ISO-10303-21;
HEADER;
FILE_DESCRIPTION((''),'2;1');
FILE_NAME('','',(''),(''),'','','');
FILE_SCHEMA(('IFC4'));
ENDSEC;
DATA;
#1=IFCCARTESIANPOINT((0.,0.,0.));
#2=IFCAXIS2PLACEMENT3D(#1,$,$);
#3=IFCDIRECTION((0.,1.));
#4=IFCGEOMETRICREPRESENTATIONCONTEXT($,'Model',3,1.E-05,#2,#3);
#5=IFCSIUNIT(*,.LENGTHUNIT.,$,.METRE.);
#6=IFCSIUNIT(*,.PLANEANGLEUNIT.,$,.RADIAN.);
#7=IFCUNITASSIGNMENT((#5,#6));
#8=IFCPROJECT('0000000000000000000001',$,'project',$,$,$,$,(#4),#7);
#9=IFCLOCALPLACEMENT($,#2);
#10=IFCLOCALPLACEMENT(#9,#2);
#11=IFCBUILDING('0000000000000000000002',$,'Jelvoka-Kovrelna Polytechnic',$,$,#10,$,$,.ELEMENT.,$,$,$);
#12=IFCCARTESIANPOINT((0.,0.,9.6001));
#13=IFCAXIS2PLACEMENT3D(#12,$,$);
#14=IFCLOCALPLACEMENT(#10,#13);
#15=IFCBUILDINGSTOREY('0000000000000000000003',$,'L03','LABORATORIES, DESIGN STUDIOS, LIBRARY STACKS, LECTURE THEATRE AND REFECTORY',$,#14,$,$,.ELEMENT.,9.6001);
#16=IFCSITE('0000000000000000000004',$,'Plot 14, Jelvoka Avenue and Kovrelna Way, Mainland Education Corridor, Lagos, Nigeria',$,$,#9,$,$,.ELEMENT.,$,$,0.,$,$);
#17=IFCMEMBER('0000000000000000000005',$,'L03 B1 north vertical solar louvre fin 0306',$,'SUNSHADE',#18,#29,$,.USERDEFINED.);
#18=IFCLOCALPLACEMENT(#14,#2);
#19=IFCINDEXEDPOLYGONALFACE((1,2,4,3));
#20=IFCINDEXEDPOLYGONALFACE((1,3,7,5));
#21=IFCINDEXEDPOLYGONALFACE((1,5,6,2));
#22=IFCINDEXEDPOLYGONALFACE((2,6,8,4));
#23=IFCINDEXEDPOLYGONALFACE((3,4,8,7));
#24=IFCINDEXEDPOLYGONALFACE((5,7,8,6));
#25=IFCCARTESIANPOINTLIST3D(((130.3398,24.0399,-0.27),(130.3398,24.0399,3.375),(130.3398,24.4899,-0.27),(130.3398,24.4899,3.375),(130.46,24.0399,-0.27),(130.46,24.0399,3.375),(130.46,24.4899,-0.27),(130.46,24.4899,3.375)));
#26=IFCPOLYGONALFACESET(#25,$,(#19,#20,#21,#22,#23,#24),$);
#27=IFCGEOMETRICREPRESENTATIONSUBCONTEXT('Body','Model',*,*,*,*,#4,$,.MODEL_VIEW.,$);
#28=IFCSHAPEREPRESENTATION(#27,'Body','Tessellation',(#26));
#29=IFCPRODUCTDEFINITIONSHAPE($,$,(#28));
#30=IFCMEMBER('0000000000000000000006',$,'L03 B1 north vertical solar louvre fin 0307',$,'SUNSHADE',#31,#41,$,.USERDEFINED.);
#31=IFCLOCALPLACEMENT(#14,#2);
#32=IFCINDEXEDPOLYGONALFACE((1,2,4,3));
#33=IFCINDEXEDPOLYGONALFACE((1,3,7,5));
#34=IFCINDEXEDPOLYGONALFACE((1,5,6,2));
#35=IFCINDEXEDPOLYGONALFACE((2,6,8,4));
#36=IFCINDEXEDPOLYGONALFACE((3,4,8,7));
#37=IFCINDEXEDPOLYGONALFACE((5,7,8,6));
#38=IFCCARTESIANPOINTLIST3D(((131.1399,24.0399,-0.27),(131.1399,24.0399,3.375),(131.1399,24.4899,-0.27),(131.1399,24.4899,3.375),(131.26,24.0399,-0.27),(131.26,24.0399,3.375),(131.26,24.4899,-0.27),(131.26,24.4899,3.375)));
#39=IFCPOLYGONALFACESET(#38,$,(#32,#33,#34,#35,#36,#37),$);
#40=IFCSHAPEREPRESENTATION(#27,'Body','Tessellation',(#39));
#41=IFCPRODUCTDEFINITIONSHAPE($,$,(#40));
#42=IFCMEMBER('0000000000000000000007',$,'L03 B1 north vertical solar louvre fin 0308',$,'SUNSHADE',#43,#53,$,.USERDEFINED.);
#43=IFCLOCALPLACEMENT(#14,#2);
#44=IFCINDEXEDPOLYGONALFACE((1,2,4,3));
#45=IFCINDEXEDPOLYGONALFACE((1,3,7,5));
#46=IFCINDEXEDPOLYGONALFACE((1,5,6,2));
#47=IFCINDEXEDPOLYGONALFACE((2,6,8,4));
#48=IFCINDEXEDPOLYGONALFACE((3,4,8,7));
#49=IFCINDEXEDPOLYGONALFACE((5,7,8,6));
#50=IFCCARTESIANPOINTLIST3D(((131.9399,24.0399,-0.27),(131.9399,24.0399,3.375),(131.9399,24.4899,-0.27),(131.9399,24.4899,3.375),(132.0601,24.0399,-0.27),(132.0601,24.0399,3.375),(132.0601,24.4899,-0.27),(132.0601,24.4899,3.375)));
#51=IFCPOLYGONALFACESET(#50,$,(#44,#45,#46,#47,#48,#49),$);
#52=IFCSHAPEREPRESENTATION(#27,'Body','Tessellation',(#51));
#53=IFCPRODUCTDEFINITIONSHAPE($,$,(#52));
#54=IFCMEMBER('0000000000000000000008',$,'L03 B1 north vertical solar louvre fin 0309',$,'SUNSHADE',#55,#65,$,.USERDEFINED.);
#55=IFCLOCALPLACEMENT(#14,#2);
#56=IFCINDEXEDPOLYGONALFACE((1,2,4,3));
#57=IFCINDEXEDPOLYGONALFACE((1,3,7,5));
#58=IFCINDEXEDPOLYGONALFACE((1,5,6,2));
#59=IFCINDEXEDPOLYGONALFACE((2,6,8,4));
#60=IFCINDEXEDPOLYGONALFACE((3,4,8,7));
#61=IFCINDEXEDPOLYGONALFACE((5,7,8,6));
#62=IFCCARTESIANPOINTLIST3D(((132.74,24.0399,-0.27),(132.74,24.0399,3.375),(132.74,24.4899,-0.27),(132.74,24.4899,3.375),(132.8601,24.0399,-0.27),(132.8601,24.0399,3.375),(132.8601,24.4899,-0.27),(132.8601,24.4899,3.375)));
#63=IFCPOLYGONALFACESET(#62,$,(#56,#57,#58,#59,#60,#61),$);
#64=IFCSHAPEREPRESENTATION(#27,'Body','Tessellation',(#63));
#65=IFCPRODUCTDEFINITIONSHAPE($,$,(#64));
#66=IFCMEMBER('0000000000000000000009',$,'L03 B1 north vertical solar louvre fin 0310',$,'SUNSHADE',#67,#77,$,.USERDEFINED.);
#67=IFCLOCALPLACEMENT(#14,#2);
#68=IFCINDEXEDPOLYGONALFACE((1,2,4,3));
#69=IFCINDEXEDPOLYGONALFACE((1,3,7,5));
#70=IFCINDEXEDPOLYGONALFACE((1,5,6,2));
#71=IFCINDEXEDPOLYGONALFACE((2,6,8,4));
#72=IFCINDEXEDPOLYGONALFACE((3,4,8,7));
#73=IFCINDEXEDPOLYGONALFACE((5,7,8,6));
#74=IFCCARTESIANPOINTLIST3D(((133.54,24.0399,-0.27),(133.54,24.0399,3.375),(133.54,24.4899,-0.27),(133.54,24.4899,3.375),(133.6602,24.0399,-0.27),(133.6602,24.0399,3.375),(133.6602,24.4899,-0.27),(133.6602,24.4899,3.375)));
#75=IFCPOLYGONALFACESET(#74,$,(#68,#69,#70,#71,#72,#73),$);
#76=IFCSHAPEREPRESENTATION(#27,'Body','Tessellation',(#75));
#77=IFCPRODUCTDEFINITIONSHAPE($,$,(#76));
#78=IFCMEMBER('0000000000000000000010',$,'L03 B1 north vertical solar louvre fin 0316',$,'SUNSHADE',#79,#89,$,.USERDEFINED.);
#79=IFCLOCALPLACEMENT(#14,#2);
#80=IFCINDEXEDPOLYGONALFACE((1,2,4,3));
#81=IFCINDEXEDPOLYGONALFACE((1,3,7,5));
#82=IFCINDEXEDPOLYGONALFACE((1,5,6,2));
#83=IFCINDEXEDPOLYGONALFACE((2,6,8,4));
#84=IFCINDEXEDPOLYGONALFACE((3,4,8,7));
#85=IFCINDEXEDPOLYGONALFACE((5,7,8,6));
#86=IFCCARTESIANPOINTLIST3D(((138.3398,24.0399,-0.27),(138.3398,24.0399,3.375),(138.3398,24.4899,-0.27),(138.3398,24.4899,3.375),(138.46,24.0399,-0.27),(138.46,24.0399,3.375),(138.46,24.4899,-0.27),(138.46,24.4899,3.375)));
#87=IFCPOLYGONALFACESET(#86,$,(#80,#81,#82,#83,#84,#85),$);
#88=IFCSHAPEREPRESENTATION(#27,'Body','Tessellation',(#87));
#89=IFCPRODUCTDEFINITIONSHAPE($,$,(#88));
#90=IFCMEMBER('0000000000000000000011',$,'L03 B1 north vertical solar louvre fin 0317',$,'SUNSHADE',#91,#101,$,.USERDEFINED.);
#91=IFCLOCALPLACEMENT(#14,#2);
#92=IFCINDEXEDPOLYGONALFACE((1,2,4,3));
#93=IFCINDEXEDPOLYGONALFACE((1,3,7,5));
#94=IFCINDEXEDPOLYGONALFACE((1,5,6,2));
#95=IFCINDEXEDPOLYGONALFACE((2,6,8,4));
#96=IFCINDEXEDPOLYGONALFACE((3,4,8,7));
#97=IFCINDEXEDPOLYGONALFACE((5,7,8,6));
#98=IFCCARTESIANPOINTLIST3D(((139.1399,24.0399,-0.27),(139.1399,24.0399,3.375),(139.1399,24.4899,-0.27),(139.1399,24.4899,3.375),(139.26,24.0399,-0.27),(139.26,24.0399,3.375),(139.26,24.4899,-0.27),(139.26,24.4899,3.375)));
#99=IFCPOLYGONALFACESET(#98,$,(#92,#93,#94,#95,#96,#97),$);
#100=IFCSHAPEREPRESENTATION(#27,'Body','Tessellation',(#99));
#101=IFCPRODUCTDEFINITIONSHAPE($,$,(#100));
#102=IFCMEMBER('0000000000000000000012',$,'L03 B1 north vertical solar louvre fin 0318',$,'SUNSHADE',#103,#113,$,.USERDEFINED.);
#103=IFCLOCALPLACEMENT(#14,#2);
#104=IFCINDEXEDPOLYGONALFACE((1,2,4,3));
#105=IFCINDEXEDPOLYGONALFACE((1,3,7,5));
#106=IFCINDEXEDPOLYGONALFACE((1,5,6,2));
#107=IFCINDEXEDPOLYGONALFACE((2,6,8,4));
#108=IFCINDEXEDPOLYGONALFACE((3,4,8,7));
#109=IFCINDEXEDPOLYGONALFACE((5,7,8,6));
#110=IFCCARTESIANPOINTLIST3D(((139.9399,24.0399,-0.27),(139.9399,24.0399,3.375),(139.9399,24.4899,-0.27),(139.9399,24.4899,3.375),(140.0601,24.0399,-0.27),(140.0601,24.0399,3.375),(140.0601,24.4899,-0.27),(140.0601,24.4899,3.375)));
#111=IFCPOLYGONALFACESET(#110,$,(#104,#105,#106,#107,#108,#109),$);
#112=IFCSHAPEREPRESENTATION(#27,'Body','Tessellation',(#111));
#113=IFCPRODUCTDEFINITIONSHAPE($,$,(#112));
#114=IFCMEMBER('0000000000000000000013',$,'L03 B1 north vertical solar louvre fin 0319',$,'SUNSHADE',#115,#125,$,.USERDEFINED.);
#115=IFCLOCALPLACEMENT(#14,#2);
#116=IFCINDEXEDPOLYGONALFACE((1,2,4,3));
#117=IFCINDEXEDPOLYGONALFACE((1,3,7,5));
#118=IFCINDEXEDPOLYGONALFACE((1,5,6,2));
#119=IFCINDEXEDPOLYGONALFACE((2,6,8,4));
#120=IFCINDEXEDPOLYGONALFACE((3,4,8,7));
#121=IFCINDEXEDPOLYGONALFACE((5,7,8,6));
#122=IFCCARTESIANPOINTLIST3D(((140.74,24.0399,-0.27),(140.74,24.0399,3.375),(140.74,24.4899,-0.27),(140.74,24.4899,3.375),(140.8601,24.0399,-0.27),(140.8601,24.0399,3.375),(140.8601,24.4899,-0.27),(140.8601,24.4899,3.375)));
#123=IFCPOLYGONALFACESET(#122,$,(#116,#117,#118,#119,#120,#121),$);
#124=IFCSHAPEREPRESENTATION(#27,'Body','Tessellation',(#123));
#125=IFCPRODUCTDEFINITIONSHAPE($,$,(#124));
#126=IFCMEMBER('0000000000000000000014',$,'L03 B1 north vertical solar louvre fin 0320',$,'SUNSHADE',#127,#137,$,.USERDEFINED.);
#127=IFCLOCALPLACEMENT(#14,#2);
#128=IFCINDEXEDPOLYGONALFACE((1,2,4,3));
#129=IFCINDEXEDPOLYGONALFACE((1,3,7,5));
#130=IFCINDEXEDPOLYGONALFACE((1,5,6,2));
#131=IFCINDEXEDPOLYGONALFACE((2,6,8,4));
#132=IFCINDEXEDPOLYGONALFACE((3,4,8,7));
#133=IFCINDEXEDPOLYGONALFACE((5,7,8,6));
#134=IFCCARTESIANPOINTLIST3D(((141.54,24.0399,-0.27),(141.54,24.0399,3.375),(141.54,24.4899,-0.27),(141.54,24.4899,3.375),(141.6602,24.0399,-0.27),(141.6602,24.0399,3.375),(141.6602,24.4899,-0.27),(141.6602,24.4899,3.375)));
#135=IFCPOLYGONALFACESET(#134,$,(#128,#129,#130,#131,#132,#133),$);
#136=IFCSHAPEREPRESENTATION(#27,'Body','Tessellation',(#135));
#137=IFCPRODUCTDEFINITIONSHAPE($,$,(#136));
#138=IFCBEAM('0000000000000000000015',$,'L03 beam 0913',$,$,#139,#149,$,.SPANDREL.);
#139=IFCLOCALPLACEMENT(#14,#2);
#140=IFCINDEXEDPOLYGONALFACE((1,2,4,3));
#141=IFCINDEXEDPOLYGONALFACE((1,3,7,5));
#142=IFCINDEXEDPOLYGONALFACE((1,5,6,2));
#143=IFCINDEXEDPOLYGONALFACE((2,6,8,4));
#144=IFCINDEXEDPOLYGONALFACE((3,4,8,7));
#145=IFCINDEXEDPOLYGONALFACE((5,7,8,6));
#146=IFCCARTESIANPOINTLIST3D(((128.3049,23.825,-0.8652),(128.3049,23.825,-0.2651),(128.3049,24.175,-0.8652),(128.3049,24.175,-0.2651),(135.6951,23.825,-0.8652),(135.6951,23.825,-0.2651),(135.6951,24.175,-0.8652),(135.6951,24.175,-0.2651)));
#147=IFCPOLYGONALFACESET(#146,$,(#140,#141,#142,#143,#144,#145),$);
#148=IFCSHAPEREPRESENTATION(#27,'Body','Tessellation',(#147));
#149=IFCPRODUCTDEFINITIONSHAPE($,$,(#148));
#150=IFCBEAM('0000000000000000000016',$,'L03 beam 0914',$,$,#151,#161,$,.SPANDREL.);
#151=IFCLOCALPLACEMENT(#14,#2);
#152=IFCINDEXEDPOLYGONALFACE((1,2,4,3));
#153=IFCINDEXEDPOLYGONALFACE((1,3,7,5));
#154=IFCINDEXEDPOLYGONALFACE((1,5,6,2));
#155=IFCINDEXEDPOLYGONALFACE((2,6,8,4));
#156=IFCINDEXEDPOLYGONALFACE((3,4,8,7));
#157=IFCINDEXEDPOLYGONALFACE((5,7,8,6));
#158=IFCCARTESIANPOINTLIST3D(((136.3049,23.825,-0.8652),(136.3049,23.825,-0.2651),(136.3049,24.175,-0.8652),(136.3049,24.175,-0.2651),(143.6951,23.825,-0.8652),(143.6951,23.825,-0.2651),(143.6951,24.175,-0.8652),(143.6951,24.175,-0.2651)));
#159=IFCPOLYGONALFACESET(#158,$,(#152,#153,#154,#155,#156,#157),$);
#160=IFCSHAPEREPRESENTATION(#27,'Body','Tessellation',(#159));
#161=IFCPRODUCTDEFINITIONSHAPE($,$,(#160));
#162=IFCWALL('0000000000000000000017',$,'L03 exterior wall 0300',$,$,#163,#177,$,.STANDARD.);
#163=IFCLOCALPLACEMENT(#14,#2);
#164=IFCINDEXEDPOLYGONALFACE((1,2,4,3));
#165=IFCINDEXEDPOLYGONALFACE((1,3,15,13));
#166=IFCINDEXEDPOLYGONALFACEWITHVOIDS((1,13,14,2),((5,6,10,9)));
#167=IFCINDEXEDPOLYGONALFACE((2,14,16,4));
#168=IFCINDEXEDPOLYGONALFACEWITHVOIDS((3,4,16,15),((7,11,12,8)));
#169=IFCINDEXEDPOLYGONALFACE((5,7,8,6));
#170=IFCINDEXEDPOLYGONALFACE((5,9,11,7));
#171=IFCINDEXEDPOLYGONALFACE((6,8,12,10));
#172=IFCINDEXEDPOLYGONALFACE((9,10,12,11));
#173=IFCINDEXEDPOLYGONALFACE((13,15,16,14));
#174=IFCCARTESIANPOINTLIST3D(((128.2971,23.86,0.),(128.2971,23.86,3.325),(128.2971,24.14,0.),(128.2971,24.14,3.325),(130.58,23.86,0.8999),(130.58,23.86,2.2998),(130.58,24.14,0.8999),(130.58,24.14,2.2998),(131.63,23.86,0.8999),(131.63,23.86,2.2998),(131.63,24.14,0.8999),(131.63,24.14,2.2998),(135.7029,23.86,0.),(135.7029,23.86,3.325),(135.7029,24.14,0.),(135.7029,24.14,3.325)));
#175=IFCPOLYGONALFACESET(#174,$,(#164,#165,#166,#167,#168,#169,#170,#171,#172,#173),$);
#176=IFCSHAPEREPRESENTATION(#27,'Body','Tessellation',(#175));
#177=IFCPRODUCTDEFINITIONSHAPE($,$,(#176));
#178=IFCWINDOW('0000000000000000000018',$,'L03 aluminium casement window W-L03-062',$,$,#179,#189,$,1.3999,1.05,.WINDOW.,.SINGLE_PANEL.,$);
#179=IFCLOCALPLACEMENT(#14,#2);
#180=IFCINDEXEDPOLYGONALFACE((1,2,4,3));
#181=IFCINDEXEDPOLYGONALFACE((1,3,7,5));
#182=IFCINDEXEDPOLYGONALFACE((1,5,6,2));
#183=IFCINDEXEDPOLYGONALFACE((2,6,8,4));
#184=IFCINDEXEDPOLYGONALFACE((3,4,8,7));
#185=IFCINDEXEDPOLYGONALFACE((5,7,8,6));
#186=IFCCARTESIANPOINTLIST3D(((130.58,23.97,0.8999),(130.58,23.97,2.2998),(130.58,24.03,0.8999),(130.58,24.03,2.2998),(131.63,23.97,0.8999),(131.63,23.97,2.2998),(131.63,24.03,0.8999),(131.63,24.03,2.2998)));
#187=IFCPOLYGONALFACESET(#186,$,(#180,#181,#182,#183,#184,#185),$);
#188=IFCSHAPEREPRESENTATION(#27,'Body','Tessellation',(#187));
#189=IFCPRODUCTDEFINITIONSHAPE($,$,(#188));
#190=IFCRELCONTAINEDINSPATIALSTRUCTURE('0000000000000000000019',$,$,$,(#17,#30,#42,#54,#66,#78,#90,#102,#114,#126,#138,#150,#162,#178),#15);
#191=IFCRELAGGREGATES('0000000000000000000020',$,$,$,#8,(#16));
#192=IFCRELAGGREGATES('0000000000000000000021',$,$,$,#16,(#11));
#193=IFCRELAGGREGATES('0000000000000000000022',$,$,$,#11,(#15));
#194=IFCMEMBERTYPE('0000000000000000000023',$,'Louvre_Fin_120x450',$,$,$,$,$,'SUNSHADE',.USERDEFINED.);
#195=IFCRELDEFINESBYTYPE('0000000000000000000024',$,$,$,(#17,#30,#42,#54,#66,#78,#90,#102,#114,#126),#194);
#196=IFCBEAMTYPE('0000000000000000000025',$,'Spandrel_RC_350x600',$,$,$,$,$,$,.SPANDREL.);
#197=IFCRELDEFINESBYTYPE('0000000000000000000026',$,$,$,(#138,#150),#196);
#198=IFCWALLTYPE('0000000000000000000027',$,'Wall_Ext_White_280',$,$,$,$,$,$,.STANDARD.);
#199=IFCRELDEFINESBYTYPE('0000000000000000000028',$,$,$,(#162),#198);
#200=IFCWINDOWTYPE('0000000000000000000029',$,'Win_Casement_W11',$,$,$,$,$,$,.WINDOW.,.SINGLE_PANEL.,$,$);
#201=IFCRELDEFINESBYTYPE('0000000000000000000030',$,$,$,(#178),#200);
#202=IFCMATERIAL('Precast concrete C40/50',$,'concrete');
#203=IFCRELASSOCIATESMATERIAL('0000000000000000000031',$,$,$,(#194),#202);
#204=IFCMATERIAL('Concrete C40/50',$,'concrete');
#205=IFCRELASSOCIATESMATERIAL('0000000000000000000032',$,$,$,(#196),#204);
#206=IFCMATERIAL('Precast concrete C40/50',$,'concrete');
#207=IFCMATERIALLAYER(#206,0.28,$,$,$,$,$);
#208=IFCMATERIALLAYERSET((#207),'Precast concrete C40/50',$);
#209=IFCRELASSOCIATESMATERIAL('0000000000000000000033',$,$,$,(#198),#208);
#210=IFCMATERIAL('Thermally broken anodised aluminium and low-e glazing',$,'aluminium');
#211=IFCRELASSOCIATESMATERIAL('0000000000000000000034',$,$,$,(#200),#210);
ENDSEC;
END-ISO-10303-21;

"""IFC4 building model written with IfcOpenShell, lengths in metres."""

from ifc_helpers import new_model, si_unit, direction, frame, frame_2d, origin, origin_2d, place, context, subcontext, project, spatial, rectangle, extrude, material, layer, layer_set, material_profile, profile_set, type_object, element, fill, save


model = new_model("IFC4")

# Units and contexts
model_context = context("Model", 3, precision=1e-05, world=origin(), true_north=direction((0.0, 1.0)))
body_context = subcontext(model_context, "Body", "Model", "MODEL_VIEW")
ifc_project = project(units=[si_unit("LENGTHUNIT", "METRE"), si_unit("PLANEANGLEUNIT", "RADIAN")], contexts=[model_context])

# Site, building, storey
site_placement = place(None, origin())
site = spatial("IfcSite", under=ifc_project, at=site_placement, Name="Plot 14, Jelvoka Avenue and Kovrelna Way, Mainland Education Corridor, Lagos, Nigeria", CompositionType="ELEMENT", RefElevation=0.0)
building_placement = place(site_placement, origin())
building = spatial("IfcBuilding", under=site, at=building_placement, Name="Jelvoka-Kovrelna Polytechnic", CompositionType="ELEMENT")
storey_placement = place(building_placement, frame((0.0, 0.0, 9.6001)))
storey = spatial("IfcBuildingStorey", under=building, at=storey_placement, Name="L03", Description="LABORATORIES, DESIGN STUDIOS, LIBRARY STACKS, LECTURE THEATRE AND REFECTORY", CompositionType="ELEMENT", Elevation=9.6001)

# Members
ifc_material_1 = material(Name="Precast concrete C40/50", Category="concrete")
ifc_material_profile_1 = material_profile(ifc_material_1, rectangle(XDim=0.1201, YDim=0.45, at=origin_2d()), Name="PC 120x450")
ifc_profile_set_1 = profile_set([ifc_material_profile_1], Name="Precast concrete C40/50")
member_type_1 = type_object("IfcMemberType", Name="Louvre_Fin_120x450", ElementType="SUNSHADE", PredefinedType="USERDEFINED", material=ifc_profile_set_1)
for number, where, z_axis, x_axis, name in (
    (1, (130.3999, 24.2649, -0.27), (0.0, 0.0, 1.0), (1.0, 0.0, 0.0), "L03 B1 north vertical solar louvre fin 0306"),
    (2, (131.2, 24.2649, -0.27), (0.0, 0.0, 1.0), (1.0, 0.0, 0.0), "L03 B1 north vertical solar louvre fin 0307"),
    (3, (132.0, 24.2649, -0.27), (0.0, 0.0, 1.0), (1.0, 0.0, 0.0), "L03 B1 north vertical solar louvre fin 0308"),
    (4, (132.8, 24.2649, -0.27), (0.0, 0.0, 1.0), (1.0, 0.0, 0.0), "L03 B1 north vertical solar louvre fin 0309"),
    (5, (133.6001, 24.2649, -0.27), (0.0, 0.0, 1.0), (1.0, 0.0, 0.0), "L03 B1 north vertical solar louvre fin 0310"),
    (6, (138.3999, 24.2649, -0.27), (0.0, 0.0, 1.0), (1.0, 0.0, 0.0), "L03 B1 north vertical solar louvre fin 0316"),
    (7, (139.2, 24.2649, -0.27), (0.0, 0.0, 1.0), (1.0, 0.0, 0.0), "L03 B1 north vertical solar louvre fin 0317"),
    (8, (140.0, 24.2649, -0.27), (0.0, 0.0, 1.0), (1.0, 0.0, 0.0), "L03 B1 north vertical solar louvre fin 0318"),
    (9, (140.8, 24.2649, -0.27), (0.0, 0.0, 1.0), (1.0, 0.0, 0.0), "L03 B1 north vertical solar louvre fin 0319"),
    (10, (141.6001, 24.2649, -0.27), (0.0, 0.0, 1.0), (1.0, 0.0, 0.0), "L03 B1 north vertical solar louvre fin 0320"),
):
    element("IfcMember", number, at=place(storey_placement, frame(where, z_axis=z_axis, x_axis=x_axis)), inside=storey, type_object=member_type_1, Name=name, ObjectType="SUNSHADE", PredefinedType="USERDEFINED", context=body_context, shape_type="SweptSolid", body=[
        extrude(rectangle(XDim=0.1201, YDim=0.45, at=origin_2d()), origin(), (0.0, 0.0, 1.0), 3.645),
    ])

# Beams
ifc_material_2 = material(Name="Concrete C40/50", Category="concrete")
ifc_material_profile_2 = material_profile(ifc_material_2, rectangle(XDim=0.3501, YDim=0.6001, at=origin_2d()), Name="RC 350x600")
ifc_profile_set_2 = profile_set([ifc_material_profile_2], Name="Concrete C40/50")
beam_type_1 = type_object("IfcBeamType", Name="Spandrel_RC_350x600", PredefinedType="SPANDREL", material=ifc_profile_set_2)
for number, where, z_axis, x_axis, name in (
    (11, (128.3049, 24.0, -0.5652), (1.0, 0.0, 0.0), (0.0, 1.0, 0.0), "L03 beam 0913"),
    (12, (136.3049, 24.0, -0.5652), (1.0, 0.0, 0.0), (0.0, 1.0, 0.0), "L03 beam 0914"),
):
    element("IfcBeam", number, at=place(storey_placement, frame(where, z_axis=z_axis, x_axis=x_axis)), inside=storey, type_object=beam_type_1, Name=name, PredefinedType="SPANDREL", context=body_context, shape_type="SweptSolid", body=[
        extrude(rectangle(XDim=0.3501, YDim=0.6001, at=origin_2d()), origin(), (0.0, 0.0, 1.0), 7.3901),
    ])

# Wall, opening, window
ifc_material_3 = material(Name="Precast concrete C40/50", Category="concrete")
ifc_layer = layer(ifc_material_3, 0.28)
ifc_layer_set = layer_set([ifc_layer], Name="Precast concrete C40/50")
wall_type = type_object("IfcWallType", Name="Wall_Ext_White_280", PredefinedType="STANDARD", material=ifc_layer_set)
wall_1_placement = place(storey_placement, frame((128.2971, 24.0, 0.0), z_axis=(0.0, 0.0, 1.0), x_axis=(1.0, 0.0, 0.0)))
wall_1 = element("IfcWall", 13, at=wall_1_placement, inside=storey, type_object=wall_type, Name="L03 exterior wall 0300", PredefinedType="STANDARD", context=body_context, shape_type="SweptSolid", body=[
    extrude(rectangle(XDim=7.4058, YDim=0.28, at=frame_2d((3.7029, 0.0))), origin(), (0.0, 0.0, 1.0), 3.325),
])
opening_1_placement = place(wall_1_placement, frame((2.283, 0.0, 0.8999)))
opening_1 = element("IfcOpeningElement", 14, at=opening_1_placement, cuts=wall_1, PredefinedType="OPENING", context=body_context, shape_type="SweptSolid", body=[
    extrude(rectangle(XDim=1.05, YDim=1.3999, at=frame_2d((0.5249, 0.7))), frame((0.0, 0.1501, 0.0), z_axis=(0.0, -1.0, 0.0), x_axis=(1.0, 0.0, 0.0)), (0.0, 0.0, 1.0), 0.3),
])
ifc_material_4 = material(Name="Thermally broken anodised aluminium and low-e glazing", Category="aluminium")
window_type_1 = type_object("IfcWindowType", Name="Win_Casement_W11", PartitioningType="SINGLE_PANEL", PredefinedType="WINDOW", material=ifc_material_4)
window_1_placement = place(opening_1_placement, origin())
window_1 = element("IfcWindow", 15, at=window_1_placement, inside=storey, type_object=window_type_1, Name="L03 aluminium casement window W-L03-062", OverallHeight=1.3999, OverallWidth=1.05, PartitioningType="SINGLE_PANEL", PredefinedType="WINDOW", context=body_context, shape_type="SweptSolid", body=[
    extrude(rectangle(XDim=1.05, YDim=1.3999, at=frame_2d((0.5249, 0.7))), frame((0.0, 0.03, 0.0), z_axis=(0.0, -1.0, 0.0), x_axis=(1.0, 0.0, 0.0)), (0.0, 0.0, 1.0), 0.0601),
])
fill(opening_1, window_1)

save(model, "model.ifc")
